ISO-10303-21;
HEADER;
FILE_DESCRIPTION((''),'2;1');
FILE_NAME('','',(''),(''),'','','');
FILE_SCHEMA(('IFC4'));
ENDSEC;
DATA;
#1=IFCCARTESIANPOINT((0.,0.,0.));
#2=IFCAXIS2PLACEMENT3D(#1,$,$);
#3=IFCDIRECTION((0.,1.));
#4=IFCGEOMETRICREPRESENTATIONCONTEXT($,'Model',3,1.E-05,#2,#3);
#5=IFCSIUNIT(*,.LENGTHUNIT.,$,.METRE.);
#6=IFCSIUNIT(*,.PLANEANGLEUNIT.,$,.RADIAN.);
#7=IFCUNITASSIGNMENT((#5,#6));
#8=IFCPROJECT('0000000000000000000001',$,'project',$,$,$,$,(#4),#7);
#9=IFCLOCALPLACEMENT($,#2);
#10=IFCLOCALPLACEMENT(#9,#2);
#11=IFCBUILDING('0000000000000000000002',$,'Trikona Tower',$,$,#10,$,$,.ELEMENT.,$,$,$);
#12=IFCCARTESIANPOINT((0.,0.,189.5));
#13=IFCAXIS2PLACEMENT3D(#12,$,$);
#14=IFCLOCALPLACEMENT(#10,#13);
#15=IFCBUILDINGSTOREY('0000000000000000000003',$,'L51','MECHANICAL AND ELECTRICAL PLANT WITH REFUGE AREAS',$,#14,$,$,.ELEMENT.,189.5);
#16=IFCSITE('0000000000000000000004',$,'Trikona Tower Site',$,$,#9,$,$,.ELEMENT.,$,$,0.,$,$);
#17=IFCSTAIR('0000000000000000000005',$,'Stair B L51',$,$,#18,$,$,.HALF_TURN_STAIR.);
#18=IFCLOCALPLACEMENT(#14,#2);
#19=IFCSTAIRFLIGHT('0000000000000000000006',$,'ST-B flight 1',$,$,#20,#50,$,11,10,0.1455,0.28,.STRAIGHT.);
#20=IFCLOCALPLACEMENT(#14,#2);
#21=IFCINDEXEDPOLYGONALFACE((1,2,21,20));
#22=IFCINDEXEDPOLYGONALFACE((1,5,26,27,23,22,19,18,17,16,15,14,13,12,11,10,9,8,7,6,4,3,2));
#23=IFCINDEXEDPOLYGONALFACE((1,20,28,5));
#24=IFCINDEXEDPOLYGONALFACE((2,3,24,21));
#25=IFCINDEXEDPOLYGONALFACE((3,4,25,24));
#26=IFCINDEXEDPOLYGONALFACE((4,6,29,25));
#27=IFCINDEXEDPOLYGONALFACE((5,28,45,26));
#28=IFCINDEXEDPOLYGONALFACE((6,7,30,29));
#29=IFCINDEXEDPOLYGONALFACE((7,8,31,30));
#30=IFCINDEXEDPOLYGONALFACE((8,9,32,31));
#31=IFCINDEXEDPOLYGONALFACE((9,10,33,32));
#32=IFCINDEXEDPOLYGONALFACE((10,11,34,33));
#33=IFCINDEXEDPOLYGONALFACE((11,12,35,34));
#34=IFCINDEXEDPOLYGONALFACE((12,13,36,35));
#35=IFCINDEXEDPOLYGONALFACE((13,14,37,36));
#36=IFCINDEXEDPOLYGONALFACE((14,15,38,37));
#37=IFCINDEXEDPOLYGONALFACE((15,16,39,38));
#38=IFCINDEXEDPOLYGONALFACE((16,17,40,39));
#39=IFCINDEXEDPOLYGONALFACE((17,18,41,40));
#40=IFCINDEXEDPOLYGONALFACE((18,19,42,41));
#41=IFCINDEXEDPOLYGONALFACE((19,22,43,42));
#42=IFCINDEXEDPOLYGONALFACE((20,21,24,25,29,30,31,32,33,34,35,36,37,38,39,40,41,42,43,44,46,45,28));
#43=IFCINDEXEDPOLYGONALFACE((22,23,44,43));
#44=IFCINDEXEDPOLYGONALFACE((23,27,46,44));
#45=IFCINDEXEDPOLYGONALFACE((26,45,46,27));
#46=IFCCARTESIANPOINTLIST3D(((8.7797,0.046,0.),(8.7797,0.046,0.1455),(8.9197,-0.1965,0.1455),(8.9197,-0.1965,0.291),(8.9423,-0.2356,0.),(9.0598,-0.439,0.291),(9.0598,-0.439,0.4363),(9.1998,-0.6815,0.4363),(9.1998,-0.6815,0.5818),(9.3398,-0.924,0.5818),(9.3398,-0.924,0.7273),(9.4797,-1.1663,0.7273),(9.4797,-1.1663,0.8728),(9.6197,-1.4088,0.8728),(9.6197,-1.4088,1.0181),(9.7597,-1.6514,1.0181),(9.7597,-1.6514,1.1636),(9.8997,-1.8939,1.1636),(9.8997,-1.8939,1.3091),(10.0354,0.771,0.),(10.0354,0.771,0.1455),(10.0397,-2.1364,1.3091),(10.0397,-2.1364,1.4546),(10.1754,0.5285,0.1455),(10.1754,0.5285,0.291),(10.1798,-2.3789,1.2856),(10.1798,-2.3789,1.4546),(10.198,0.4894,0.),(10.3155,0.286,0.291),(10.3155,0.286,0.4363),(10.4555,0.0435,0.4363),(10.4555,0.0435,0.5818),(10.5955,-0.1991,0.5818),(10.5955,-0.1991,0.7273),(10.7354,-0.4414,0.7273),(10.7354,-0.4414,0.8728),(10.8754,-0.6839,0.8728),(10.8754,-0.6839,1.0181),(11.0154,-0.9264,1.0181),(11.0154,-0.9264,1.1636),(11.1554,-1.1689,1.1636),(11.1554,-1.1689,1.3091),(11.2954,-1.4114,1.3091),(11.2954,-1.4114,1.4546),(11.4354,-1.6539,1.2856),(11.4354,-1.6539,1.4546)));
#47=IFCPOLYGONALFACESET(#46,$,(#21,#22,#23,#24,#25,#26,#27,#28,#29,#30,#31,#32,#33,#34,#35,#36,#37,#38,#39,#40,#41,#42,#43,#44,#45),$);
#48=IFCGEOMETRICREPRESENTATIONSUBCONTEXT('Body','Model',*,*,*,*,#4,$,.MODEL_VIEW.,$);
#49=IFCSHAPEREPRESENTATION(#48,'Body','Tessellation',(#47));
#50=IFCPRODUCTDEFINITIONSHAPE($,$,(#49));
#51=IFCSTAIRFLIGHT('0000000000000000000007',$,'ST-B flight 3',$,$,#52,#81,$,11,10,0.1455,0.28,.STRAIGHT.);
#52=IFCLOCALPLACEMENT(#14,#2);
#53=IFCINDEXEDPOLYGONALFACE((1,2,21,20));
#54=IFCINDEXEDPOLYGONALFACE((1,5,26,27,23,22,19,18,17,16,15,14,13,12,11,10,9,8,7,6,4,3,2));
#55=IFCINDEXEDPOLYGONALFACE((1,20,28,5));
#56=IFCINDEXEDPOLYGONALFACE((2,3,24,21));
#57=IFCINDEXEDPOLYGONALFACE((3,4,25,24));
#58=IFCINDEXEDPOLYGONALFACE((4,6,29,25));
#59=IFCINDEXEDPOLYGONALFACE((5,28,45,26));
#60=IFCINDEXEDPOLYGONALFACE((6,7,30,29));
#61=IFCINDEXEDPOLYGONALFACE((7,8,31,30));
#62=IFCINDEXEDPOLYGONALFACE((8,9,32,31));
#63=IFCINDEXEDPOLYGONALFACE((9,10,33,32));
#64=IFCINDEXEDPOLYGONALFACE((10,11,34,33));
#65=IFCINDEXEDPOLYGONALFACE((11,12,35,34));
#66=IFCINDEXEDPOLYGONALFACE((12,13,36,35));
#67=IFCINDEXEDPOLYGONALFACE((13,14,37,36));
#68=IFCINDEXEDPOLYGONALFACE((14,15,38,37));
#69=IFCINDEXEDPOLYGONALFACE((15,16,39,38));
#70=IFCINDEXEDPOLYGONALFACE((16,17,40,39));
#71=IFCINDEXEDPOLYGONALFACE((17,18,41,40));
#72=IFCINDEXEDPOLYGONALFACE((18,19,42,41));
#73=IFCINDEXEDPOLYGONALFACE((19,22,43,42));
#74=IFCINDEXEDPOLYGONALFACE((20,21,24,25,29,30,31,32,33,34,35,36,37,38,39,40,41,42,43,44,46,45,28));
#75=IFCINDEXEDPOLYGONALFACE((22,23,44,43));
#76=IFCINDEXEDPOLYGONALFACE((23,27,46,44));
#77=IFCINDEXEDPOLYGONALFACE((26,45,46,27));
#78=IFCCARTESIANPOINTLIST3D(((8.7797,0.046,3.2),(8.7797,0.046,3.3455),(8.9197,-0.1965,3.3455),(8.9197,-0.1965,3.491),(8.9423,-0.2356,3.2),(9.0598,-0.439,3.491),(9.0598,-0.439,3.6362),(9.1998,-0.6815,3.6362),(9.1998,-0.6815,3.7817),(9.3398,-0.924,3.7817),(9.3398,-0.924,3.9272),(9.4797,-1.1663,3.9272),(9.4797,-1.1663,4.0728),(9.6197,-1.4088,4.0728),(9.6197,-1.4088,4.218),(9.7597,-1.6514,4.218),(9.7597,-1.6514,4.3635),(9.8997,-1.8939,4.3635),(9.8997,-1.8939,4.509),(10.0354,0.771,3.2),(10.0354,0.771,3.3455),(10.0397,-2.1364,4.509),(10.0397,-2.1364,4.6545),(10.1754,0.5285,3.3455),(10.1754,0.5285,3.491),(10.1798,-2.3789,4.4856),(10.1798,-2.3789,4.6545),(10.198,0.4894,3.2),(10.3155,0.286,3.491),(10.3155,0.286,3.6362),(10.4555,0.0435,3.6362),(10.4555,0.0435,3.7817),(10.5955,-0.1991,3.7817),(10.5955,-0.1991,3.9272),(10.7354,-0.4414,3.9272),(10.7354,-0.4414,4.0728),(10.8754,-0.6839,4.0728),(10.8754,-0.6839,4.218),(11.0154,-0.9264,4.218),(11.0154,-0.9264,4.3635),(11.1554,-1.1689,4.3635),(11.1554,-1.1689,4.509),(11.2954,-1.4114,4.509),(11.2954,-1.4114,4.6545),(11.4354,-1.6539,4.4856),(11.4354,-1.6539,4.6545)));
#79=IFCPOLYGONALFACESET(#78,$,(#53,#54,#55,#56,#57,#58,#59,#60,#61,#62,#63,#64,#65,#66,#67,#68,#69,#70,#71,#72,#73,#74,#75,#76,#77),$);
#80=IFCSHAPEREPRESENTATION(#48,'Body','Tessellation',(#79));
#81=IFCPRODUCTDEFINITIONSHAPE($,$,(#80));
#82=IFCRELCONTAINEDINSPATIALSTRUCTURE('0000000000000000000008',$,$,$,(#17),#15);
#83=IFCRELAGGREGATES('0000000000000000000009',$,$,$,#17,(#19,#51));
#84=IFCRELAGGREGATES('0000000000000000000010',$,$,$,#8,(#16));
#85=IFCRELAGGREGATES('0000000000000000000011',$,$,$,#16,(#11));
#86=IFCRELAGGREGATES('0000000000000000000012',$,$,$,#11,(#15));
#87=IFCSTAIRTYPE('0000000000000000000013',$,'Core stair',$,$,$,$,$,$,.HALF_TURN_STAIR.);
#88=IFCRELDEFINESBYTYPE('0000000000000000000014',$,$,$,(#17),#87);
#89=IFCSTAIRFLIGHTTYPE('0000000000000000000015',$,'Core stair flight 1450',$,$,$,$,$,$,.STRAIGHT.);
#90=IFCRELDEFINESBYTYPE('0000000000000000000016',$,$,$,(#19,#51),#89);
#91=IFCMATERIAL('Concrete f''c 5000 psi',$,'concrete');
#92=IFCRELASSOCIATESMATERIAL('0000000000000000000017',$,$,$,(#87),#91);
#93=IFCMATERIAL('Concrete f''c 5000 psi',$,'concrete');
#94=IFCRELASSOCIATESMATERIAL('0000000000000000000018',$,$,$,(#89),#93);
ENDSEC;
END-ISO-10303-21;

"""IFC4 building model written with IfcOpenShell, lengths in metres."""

from ifc_helpers import new_model, si_unit, direction, frame, origin, place, context, subcontext, project, spatial, polyline, outline, extrude, material, type_object, element, aggregate, save


model = new_model("IFC4")

# Units and contexts
model_context = context("Model", 3, precision=1e-05, world=origin(), true_north=direction((0.0, 1.0)))
body_context = subcontext(model_context, "Body", "Model", "MODEL_VIEW")
ifc_project = project(units=[si_unit("LENGTHUNIT", "METRE"), si_unit("PLANEANGLEUNIT", "RADIAN")], contexts=[model_context])

# Site, building, storey
site_placement = place(None, origin())
site = spatial("IfcSite", under=ifc_project, at=site_placement, Name="Trikona Tower Site", CompositionType="ELEMENT", RefElevation=0.0)
building_placement = place(site_placement, origin())
building = spatial("IfcBuilding", under=site, at=building_placement, Name="Trikona Tower", CompositionType="ELEMENT")
storey_placement = place(building_placement, frame((0.0, 0.0, 189.5)))
storey = spatial("IfcBuildingStorey", under=building, at=storey_placement, Name="L51", Description="MECHANICAL AND ELECTRICAL PLANT WITH REFUGE AREAS", CompositionType="ELEMENT", Elevation=189.5)

# Stair
ifc_material_1 = material(Name="Concrete f'c 5000 psi", Category="concrete")
stair_type = type_object("IfcStairType", Name="Core stair", PredefinedType="HALF_TURN_STAIR", material=ifc_material_1)
stair_1_placement = place(storey_placement, origin())
stair_1 = element("IfcStair", 1, at=stair_1_placement, inside=storey, type_object=stair_type, Name="Stair B L51", PredefinedType="HALF_TURN_STAIR")

# Stair flights
ifc_material_2 = material(Name="Concrete f'c 5000 psi", Category="concrete")
stair_flight_type = type_object("IfcStairFlightType", Name="Core stair flight 1450", PredefinedType="STRAIGHT", material=ifc_material_2)
stair_flight_1_placement = place(storey_placement, frame((9.4075, 0.4084, 0.0), z_axis=(0.0, 0.0, 1.0), x_axis=(0.5, -0.866025, 0.0)))
stair_flight_1 = element("IfcStairFlight", 2, at=stair_flight_1_placement, type_object=stair_flight_type, Name="ST-B flight 1", NumberOfRisers=11, NumberOfTreads=10, PredefinedType="STRAIGHT", RiserHeight=0.1455, TreadLength=0.28, context=body_context, shape_type="SweptSolid", body=[
    extrude(outline(polyline([(0.0, 0.0), (0.0, 0.1455), (0.28, 0.1455), (0.28, 0.291), (0.5601, 0.291), (0.5601, 0.4363), (0.8401, 0.4363), (0.8401, 0.5818), (1.1201, 0.5818), (1.1201, 0.7273), (1.3999, 0.7273), (1.3999, 0.8728), (1.6799, 0.8728), (1.6799, 1.0181), (1.96, 1.0181), (1.96, 1.1636), (2.24, 1.1636), (2.24, 1.3091), (2.52, 1.3091), (2.52, 1.4546), (2.8, 1.4546), (2.8, 1.6001), (2.8, 1.2856), (0.3252, 0.0), (0.0, 0.0)])), frame((0.0, 0.7251, 0.0), z_axis=(0.0, -1.0, 0.0), x_axis=(1.0, 0.0, 0.0)), (0.0, 0.0, 1.0), 1.45),
])
stair_flight_2_placement = place(storey_placement, frame((9.4075, 0.4084, 3.2), z_axis=(0.0, 0.0, 1.0), x_axis=(0.5, -0.866025, 0.0)))
stair_flight_2 = element("IfcStairFlight", 3, at=stair_flight_2_placement, type_object=stair_flight_type, Name="ST-B flight 3", NumberOfRisers=11, NumberOfTreads=10, PredefinedType="STRAIGHT", RiserHeight=0.1455, TreadLength=0.28, context=body_context, shape_type="SweptSolid", body=[
    extrude(outline(polyline([(0.0, 0.0), (0.0, 0.1455), (0.28, 0.1455), (0.28, 0.291), (0.5601, 0.291), (0.5601, 0.4363), (0.8401, 0.4363), (0.8401, 0.5818), (1.1201, 0.5818), (1.1201, 0.7273), (1.3999, 0.7273), (1.3999, 0.8728), (1.6799, 0.8728), (1.6799, 1.0181), (1.96, 1.0181), (1.96, 1.1636), (2.24, 1.1636), (2.24, 1.3091), (2.52, 1.3091), (2.52, 1.4546), (2.8, 1.4546), (2.8, 1.6001), (2.8, 1.2856), (0.3252, 0.0), (0.0, 0.0)])), frame((0.0, 0.7251, 0.0), z_axis=(0.0, -1.0, 0.0), x_axis=(1.0, 0.0, 0.0)), (0.0, 0.0, 1.0), 1.45),
])
aggregate(stair_1, [stair_flight_1, stair_flight_2])

save(model, "model.ifc")
